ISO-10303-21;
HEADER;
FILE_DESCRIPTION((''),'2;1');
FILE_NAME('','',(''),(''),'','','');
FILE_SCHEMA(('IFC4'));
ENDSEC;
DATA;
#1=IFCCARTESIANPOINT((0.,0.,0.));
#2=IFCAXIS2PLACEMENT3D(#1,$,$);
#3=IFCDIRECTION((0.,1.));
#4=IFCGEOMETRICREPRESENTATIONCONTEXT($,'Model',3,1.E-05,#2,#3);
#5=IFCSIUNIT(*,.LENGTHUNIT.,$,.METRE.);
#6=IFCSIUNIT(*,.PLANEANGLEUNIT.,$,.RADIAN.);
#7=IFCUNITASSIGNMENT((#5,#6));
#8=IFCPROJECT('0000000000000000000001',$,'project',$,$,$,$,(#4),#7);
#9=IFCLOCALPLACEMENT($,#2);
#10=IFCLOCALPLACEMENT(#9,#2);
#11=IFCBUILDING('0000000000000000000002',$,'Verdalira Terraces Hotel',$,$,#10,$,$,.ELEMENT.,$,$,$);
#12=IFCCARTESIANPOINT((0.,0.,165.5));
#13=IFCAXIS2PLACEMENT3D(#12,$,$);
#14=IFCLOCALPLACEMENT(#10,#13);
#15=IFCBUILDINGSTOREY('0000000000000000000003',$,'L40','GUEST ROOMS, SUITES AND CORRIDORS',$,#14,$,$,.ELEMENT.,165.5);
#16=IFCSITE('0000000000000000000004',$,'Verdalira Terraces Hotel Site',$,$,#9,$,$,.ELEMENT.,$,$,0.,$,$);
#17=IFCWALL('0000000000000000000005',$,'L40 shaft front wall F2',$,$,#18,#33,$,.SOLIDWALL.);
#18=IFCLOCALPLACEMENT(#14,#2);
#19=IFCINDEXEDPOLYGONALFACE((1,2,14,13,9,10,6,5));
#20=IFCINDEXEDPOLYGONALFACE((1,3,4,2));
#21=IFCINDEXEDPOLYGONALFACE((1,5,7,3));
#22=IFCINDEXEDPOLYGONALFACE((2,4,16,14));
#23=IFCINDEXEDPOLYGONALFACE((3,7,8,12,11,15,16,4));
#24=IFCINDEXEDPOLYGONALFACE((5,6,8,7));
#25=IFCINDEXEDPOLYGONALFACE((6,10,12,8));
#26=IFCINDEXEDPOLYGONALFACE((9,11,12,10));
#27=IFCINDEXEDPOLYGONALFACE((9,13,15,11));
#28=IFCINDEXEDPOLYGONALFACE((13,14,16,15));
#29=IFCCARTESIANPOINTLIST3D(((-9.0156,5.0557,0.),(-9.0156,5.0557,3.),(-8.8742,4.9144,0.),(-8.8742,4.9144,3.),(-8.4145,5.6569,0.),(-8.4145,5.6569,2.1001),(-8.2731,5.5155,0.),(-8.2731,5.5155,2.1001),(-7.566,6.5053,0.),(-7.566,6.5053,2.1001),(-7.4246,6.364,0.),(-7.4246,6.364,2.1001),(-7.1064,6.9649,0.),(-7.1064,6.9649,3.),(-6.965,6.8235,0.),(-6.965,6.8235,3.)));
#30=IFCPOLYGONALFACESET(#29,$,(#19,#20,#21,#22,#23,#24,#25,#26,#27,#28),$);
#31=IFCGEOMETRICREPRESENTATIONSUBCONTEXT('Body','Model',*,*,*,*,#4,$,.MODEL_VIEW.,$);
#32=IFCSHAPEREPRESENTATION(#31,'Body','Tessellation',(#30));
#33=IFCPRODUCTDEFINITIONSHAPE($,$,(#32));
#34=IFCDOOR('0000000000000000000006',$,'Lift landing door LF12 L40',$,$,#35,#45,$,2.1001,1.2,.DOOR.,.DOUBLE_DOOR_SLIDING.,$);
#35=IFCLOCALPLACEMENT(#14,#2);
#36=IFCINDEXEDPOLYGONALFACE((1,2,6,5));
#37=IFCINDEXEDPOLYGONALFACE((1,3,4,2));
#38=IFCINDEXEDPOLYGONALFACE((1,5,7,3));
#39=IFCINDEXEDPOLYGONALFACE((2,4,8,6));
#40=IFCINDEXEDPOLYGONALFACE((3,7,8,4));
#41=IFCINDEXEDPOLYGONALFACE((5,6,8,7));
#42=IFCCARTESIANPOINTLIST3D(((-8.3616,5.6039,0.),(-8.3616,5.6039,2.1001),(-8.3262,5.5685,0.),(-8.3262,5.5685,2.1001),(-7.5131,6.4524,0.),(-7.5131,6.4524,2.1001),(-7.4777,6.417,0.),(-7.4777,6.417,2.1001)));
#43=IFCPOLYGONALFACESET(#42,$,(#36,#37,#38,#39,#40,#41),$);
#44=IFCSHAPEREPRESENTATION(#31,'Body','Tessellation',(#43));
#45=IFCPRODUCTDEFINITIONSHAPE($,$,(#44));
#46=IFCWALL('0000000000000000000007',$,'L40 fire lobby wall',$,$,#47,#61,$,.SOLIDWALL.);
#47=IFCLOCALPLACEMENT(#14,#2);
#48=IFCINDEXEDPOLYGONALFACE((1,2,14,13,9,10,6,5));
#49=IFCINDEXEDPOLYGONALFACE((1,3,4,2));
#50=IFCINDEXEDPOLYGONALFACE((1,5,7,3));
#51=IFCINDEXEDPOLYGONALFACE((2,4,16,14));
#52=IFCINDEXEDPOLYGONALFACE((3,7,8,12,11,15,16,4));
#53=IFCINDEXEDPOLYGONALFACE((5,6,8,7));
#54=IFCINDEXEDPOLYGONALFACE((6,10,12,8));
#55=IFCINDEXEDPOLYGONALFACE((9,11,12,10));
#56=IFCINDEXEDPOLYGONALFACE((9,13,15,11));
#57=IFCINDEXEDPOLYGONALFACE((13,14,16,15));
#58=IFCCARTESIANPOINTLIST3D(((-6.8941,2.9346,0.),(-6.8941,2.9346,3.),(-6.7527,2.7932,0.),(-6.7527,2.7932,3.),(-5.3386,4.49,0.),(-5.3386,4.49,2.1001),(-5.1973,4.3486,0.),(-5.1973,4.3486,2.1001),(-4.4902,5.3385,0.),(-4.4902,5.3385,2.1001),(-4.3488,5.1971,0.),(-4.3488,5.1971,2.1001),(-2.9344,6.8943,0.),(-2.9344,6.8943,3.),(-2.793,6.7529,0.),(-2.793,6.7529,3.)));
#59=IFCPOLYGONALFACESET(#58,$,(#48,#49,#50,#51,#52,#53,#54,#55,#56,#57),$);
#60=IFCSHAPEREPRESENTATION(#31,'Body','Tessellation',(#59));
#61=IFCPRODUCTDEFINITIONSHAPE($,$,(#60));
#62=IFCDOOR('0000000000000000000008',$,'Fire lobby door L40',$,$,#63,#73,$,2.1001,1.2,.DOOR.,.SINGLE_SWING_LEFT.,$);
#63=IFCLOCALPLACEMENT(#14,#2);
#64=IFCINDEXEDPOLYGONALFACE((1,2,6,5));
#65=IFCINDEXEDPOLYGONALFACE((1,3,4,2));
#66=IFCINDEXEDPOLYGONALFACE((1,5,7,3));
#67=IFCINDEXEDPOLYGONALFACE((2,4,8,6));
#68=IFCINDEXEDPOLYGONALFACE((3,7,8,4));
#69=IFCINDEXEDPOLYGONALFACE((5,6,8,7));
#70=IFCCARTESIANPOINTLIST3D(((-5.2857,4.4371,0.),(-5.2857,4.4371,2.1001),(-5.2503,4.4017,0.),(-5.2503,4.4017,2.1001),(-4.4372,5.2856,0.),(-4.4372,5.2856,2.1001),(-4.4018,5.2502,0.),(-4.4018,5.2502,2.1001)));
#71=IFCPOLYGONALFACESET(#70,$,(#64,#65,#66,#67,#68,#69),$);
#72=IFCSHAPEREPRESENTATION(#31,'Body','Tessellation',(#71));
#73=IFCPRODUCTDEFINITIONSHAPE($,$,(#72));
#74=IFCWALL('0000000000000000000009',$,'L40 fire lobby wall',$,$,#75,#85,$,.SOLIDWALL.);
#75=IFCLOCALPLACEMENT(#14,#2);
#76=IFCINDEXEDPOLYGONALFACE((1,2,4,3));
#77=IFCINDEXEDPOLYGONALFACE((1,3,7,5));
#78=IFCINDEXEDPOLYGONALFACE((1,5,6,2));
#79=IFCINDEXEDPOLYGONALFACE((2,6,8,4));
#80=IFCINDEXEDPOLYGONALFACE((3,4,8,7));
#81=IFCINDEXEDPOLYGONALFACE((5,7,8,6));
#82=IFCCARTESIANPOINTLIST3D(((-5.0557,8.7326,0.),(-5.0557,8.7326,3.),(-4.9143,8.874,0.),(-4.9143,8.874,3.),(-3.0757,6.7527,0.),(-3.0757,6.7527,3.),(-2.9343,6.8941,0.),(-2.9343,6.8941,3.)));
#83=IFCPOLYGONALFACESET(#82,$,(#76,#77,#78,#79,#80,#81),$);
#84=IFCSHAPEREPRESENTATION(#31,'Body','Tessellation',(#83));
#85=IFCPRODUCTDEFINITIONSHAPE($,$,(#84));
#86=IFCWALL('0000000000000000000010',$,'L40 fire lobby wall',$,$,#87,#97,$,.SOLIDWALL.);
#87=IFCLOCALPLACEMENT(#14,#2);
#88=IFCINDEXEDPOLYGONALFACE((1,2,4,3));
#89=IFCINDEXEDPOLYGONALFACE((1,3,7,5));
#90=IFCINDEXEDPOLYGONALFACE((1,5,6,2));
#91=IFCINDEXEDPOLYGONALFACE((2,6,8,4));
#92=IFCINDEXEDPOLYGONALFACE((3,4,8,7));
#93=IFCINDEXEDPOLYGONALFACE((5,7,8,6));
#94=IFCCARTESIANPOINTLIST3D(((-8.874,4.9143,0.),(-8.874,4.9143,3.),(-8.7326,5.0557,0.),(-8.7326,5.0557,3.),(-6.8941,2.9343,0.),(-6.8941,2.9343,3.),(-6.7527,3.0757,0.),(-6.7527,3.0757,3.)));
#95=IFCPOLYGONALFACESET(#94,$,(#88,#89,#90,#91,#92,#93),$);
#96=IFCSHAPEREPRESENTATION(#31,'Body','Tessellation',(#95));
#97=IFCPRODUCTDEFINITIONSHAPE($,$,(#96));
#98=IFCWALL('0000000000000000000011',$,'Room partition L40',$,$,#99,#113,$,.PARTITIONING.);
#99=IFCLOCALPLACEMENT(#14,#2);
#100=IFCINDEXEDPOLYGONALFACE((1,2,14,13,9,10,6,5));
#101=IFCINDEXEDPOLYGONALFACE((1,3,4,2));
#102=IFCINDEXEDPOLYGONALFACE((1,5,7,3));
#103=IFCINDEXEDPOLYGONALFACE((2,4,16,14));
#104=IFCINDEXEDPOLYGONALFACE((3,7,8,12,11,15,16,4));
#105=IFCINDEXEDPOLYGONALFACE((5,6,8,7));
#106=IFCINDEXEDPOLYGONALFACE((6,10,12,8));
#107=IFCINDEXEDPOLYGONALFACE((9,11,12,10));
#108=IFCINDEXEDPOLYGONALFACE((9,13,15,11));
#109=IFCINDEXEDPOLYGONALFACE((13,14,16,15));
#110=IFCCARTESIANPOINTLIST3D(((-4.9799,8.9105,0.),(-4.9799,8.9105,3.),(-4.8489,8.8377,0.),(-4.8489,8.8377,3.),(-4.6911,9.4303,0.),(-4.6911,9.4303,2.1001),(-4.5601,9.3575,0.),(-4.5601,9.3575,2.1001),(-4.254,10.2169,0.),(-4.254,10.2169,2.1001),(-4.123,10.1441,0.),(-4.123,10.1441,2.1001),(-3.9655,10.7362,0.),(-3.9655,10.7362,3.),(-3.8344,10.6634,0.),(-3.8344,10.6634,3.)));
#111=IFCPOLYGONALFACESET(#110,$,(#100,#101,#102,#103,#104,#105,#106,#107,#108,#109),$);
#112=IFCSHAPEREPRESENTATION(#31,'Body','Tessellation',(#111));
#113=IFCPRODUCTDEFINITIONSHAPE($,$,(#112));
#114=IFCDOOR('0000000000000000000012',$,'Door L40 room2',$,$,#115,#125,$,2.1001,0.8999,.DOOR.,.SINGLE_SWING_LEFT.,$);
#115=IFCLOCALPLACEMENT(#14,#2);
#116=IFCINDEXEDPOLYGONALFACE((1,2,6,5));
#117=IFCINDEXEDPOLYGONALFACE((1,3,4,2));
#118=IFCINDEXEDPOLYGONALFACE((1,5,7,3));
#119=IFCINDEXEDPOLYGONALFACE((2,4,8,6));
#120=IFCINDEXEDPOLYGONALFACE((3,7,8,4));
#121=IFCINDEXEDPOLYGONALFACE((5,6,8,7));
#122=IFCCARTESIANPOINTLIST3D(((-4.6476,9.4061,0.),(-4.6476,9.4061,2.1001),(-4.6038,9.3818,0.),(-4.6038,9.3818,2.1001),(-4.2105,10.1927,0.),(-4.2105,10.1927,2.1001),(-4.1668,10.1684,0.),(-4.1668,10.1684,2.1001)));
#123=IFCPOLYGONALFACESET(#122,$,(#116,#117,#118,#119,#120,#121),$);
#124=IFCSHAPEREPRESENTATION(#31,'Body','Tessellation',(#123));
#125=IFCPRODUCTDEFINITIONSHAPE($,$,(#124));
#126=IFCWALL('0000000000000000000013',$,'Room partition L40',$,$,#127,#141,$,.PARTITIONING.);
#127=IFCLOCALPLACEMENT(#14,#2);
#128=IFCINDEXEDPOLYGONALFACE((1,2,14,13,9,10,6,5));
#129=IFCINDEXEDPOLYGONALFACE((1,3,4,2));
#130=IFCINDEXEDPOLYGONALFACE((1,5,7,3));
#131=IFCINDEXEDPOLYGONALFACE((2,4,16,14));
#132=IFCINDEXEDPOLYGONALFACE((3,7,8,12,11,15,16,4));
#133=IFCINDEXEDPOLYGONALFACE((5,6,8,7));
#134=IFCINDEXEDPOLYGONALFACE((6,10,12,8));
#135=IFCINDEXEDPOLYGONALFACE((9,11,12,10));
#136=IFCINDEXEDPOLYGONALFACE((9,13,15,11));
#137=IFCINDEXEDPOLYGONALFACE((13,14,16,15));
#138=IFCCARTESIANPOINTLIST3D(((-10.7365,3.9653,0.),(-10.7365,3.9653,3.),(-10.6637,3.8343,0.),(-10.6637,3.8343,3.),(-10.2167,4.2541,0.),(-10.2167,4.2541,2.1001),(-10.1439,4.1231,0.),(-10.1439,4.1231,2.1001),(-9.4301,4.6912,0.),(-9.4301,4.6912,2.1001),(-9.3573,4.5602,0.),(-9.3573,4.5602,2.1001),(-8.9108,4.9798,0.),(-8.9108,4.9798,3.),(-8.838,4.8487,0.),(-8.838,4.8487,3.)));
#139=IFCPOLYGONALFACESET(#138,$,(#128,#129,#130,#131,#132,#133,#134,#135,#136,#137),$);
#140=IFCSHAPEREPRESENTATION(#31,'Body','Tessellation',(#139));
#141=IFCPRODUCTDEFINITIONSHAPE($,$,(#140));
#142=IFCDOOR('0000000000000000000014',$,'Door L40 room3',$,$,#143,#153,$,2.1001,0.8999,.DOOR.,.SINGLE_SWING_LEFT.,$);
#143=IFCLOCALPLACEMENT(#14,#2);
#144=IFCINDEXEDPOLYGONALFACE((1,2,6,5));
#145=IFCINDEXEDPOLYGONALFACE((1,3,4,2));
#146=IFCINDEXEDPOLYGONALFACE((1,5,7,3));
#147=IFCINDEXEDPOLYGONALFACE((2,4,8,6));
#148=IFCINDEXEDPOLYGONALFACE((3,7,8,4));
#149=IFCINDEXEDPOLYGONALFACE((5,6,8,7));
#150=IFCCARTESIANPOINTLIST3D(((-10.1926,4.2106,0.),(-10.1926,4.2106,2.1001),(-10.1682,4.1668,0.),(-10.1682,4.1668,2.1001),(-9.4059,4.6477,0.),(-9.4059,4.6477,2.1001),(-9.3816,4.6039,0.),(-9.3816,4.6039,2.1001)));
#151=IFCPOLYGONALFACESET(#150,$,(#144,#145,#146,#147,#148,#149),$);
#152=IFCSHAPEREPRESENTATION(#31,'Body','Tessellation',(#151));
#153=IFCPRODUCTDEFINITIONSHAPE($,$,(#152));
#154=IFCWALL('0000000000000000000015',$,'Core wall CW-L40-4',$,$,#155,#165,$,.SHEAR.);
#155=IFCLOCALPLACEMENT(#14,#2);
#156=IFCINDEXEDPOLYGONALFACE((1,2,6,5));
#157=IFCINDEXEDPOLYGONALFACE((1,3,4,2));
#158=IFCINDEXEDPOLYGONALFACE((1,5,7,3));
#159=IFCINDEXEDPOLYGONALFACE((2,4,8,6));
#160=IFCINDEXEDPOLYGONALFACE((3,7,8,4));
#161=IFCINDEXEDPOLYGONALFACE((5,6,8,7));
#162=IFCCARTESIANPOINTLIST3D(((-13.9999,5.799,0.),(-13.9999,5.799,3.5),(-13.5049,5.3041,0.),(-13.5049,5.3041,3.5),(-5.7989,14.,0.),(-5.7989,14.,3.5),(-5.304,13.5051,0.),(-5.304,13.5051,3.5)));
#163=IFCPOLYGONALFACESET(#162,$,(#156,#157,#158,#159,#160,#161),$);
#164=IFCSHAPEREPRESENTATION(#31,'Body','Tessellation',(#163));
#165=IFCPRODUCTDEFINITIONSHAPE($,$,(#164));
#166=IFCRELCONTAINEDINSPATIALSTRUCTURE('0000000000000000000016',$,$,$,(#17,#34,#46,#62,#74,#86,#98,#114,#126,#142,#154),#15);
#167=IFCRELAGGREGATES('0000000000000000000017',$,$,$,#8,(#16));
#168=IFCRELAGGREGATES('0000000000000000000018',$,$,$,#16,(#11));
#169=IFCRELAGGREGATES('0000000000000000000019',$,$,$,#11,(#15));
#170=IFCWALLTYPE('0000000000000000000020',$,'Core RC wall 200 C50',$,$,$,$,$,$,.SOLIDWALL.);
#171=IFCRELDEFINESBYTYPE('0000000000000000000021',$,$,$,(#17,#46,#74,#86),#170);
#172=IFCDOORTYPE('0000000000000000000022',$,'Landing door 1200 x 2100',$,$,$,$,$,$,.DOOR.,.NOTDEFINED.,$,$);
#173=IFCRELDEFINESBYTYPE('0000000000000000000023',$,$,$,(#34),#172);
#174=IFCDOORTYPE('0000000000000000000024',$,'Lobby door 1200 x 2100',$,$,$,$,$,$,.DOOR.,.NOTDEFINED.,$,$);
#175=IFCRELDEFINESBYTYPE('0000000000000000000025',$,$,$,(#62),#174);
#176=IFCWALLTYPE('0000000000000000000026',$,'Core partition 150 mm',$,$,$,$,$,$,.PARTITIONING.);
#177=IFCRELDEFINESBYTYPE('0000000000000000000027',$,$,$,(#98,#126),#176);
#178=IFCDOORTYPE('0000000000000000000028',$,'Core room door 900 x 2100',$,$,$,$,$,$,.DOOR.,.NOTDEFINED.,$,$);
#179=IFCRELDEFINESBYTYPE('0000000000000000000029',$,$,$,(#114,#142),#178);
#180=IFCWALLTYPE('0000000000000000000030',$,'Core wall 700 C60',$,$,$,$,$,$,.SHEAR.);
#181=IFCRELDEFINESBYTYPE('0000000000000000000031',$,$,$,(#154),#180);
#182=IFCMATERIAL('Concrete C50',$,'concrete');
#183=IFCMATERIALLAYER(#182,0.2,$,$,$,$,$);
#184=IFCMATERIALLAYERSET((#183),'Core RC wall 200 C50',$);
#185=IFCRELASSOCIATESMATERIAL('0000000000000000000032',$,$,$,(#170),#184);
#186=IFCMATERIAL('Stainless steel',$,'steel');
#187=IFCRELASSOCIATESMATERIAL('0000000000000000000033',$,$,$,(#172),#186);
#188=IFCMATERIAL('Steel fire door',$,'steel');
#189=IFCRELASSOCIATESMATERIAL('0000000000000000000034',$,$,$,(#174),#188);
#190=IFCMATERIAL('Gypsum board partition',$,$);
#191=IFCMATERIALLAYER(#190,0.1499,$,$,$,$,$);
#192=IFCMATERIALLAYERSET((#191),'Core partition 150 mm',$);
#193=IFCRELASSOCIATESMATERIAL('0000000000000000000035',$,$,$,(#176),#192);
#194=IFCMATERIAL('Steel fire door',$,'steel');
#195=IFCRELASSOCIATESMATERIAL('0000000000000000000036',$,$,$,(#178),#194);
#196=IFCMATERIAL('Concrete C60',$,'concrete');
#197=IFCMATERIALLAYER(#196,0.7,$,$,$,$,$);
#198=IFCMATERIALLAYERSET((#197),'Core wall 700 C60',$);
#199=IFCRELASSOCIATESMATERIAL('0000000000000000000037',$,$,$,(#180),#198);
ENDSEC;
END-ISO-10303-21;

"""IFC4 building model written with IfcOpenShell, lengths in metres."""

from ifc_helpers import new_model, si_unit, direction, frame, frame_2d, origin, place, context, subcontext, project, spatial, rectangle, extrude, material, layer, layer_set, type_object, element, fill, save


model = new_model("IFC4")

# Units and contexts
model_context = context("Model", 3, precision=1e-05, world=origin(), true_north=direction((0.0, 1.0)))
body_context = subcontext(model_context, "Body", "Model", "MODEL_VIEW")
ifc_project = project(units=[si_unit("LENGTHUNIT", "METRE"), si_unit("PLANEANGLEUNIT", "RADIAN")], contexts=[model_context])

# Site, building, storey
site_placement = place(None, origin())
site = spatial("IfcSite", under=ifc_project, at=site_placement, Name="Verdalira Terraces Hotel Site", CompositionType="ELEMENT", RefElevation=0.0)
building_placement = place(site_placement, origin())
building = spatial("IfcBuilding", under=site, at=building_placement, Name="Verdalira Terraces Hotel", CompositionType="ELEMENT")
storey_placement = place(building_placement, frame((0.0, 0.0, 165.5)))
storey = spatial("IfcBuildingStorey", under=building, at=storey_placement, Name="L40", Description="GUEST ROOMS, SUITES AND CORRIDORS", CompositionType="ELEMENT", Elevation=165.5)

# Walls, openings, doors
ifc_material_1 = material(Name="Concrete C50", Category="concrete")
ifc_layer_1 = layer(ifc_material_1, 0.2)
ifc_layer_set_1 = layer_set([ifc_layer_1], Name="Core RC wall 200 C50")
wall_type_1 = type_object("IfcWallType", Name="Core RC wall 200 C50", PredefinedType="SOLIDWALL", material=ifc_layer_set_1)
ifc_material_2 = material(Name="Stainless steel", Category="steel")
door_type_1 = type_object("IfcDoorType", Name="Landing door 1200 x 2100", OperationType="NOTDEFINED", PredefinedType="DOOR", material=ifc_material_2)
wall_1_placement = place(storey_placement, frame((-7.0356, 6.8943, 0.0), z_axis=(0.0, 0.0, 1.0), x_axis=(-0.707107, -0.707107, 0.0)))
wall_1 = element("IfcWall", 1, at=wall_1_placement, inside=storey, type_object=wall_type_1, Name="L40 shaft front wall F2", PredefinedType="SOLIDWALL", context=body_context, shape_type="SweptSolid", body=[
    extrude(rectangle(XDim=2.7, YDim=0.2, at=frame_2d((1.3501, 0.0))), origin(), (0.0, 0.0, 1.0), 3.0),
])
opening_1_placement = place(wall_1_placement, frame((0.6499, 0.0, 0.0)))
opening_1 = element("IfcOpeningElement", 2, at=opening_1_placement, cuts=wall_1, PredefinedType="OPENING", context=body_context, shape_type="SweptSolid", body=[
    extrude(rectangle(XDim=1.2, YDim=2.1001, at=frame_2d((0.6001, 1.05))), frame((0.0, 0.1099, 0.0), z_axis=(0.0, -1.0, 0.0), x_axis=(1.0, 0.0, 0.0)), (0.0, 0.0, 1.0), 0.22),
])
door_1_placement = place(opening_1_placement, origin())
door_1 = element("IfcDoor", 3, at=door_1_placement, inside=storey, type_object=door_type_1, Name="Lift landing door LF12 L40", OperationType="DOUBLE_DOOR_SLIDING", OverallHeight=2.1001, OverallWidth=1.2, PredefinedType="DOOR", context=body_context, shape_type="SweptSolid", body=[
    extrude(rectangle(XDim=1.2, YDim=2.1001, at=frame_2d((0.6001, 1.05))), frame((0.0, 0.0249, 0.0), z_axis=(0.0, -1.0, 0.0), x_axis=(1.0, 0.0, 0.0)), (0.0, 0.0, 1.0), 0.05),
])
fill(opening_1, door_1)
wall_2_placement = place(storey_placement, frame((-2.8638, 6.8235, 0.0), z_axis=(0.0, 0.0, 1.0), x_axis=(-0.707107, -0.707107, 0.0)))
wall_2 = element("IfcWall", 4, at=wall_2_placement, inside=storey, type_object=wall_type_1, Name="L40 fire lobby wall", PredefinedType="SOLIDWALL", context=body_context, shape_type="SweptSolid", body=[
    extrude(rectangle(XDim=5.5999, YDim=0.2, at=frame_2d((2.7998, 0.0))), origin(), (0.0, 0.0, 1.0), 3.0),
])
opening_2_placement = place(wall_2_placement, frame((2.2, 0.0, 0.0)))
opening_2 = element("IfcOpeningElement", 5, at=opening_2_placement, cuts=wall_2, PredefinedType="OPENING", context=body_context, shape_type="SweptSolid", body=[
    extrude(rectangle(XDim=1.2, YDim=2.1001, at=frame_2d((0.6001, 1.05))), frame((0.0, 0.1099, 0.0), z_axis=(0.0, -1.0, 0.0), x_axis=(1.0, 0.0, 0.0)), (0.0, 0.0, 1.0), 0.22),
])
ifc_material_3 = material(Name="Steel fire door", Category="steel")
door_type_2 = type_object("IfcDoorType", Name="Lobby door 1200 x 2100", OperationType="NOTDEFINED", PredefinedType="DOOR", material=ifc_material_3)
door_2_placement = place(opening_2_placement, origin())
door_2 = element("IfcDoor", 6, at=door_2_placement, inside=storey, type_object=door_type_2, Name="Fire lobby door L40", OperationType="SINGLE_SWING_LEFT", OverallHeight=2.1001, OverallWidth=1.2, PredefinedType="DOOR", context=body_context, shape_type="SweptSolid", body=[
    extrude(rectangle(XDim=1.2, YDim=2.1001, at=frame_2d((0.6001, 1.05))), frame((0.0, 0.0249, 0.0), z_axis=(0.0, -1.0, 0.0), x_axis=(1.0, 0.0, 0.0)), (0.0, 0.0, 1.0), 0.05),
])
fill(opening_2, door_2)

# Walls
for number, where, z_axis, x_axis, name in (
    (7, (-3.0051, 6.8235, 0.0), (0.0, 0.0, 1.0), (-0.707107, 0.707107, 0.0), "L40 fire lobby wall"),
    (8, (-6.8235, 3.0051, 0.0), (0.0, 0.0, 1.0), (-0.707107, 0.707107, 0.0), "L40 fire lobby wall"),
):
    element("IfcWall", number, at=place(storey_placement, frame(where, z_axis=z_axis, x_axis=x_axis)), inside=storey, type_object=wall_type_1, Name=name, PredefinedType="SOLIDWALL", context=body_context, shape_type="SweptSolid", body=[
        extrude(rectangle(XDim=2.8, YDim=0.2, at=frame_2d((1.3999, 0.0))), origin(), (0.0, 0.0, 1.0), 3.0),
    ])

# Walls, openings, doors
ifc_material_4 = material(Name="Gypsum board partition")
ifc_layer_2 = layer(ifc_material_4, 0.1499)
ifc_layer_set_2 = layer_set([ifc_layer_2], Name="Core partition 150 mm")
wall_type_2 = type_object("IfcWallType", Name="Core partition 150 mm", PredefinedType="PARTITIONING", material=ifc_layer_set_2)
wall_3_placement = place(storey_placement, frame((-3.8999, 10.7, 0.0), z_axis=(0.0, 0.0, 1.0), x_axis=(-0.485693, -0.87413, 0.0)))
wall_3 = element("IfcWall", 9, at=wall_3_placement, inside=storey, type_object=wall_type_2, Name="Room partition L40", PredefinedType="PARTITIONING", context=body_context, shape_type="SweptSolid", body=[
    extrude(rectangle(XDim=2.0886, YDim=0.1499, at=frame_2d((1.0444, 0.0))), origin(), (0.0, 0.0, 1.0), 3.0),
])
opening_3_placement = place(wall_3_placement, frame((0.5942, 0.0, 0.0)))
opening_3 = element("IfcOpeningElement", 10, at=opening_3_placement, cuts=wall_3, PredefinedType="OPENING", context=body_context, shape_type="SweptSolid", body=[
    extrude(rectangle(XDim=0.8999, YDim=2.1001, at=frame_2d((0.45, 1.05))), frame((0.0, 0.085, 0.0), z_axis=(0.0, -1.0, 0.0), x_axis=(1.0, 0.0, 0.0)), (0.0, 0.0, 1.0), 0.1699),
])
ifc_material_5 = material(Name="Steel fire door", Category="steel")
door_type_3 = type_object("IfcDoorType", Name="Core room door 900 x 2100", OperationType="NOTDEFINED", PredefinedType="DOOR", material=ifc_material_5)
door_3_placement = place(opening_3_placement, origin())
door_3 = element("IfcDoor", 11, at=door_3_placement, inside=storey, type_object=door_type_3, Name="Door L40 room2", OperationType="SINGLE_SWING_LEFT", OverallHeight=2.1001, OverallWidth=0.8999, PredefinedType="DOOR", context=body_context, shape_type="SweptSolid", body=[
    extrude(rectangle(XDim=0.8999, YDim=2.1001, at=frame_2d((0.45, 1.05))), frame((0.0, 0.0249, 0.0), z_axis=(0.0, -1.0, 0.0), x_axis=(1.0, 0.0, 0.0)), (0.0, 0.0, 1.0), 0.05),
])
fill(opening_3, door_3)
wall_4_placement = place(storey_placement, frame((-8.8743, 4.9143, 0.0), z_axis=(0.0, 0.0, 1.0), x_axis=(-0.87413, -0.485693, 0.0)))
wall_4 = element("IfcWall", 12, at=wall_4_placement, inside=storey, type_object=wall_type_2, Name="Room partition L40", PredefinedType="PARTITIONING", context=body_context, shape_type="SweptSolid", body=[
    extrude(rectangle(XDim=2.0886, YDim=0.1499, at=frame_2d((1.0444, 0.0))), origin(), (0.0, 0.0, 1.0), 3.0),
])
opening_4_placement = place(wall_4_placement, frame((0.5942, 0.0, 0.0)))
opening_4 = element("IfcOpeningElement", 13, at=opening_4_placement, cuts=wall_4, PredefinedType="OPENING", context=body_context, shape_type="SweptSolid", body=[
    extrude(rectangle(XDim=0.8999, YDim=2.1001, at=frame_2d((0.45, 1.05))), frame((0.0, 0.085, 0.0), z_axis=(0.0, -1.0, 0.0), x_axis=(1.0, 0.0, 0.0)), (0.0, 0.0, 1.0), 0.1699),
])
door_4_placement = place(opening_4_placement, origin())
door_4 = element("IfcDoor", 14, at=door_4_placement, inside=storey, type_object=door_type_3, Name="Door L40 room3", OperationType="SINGLE_SWING_LEFT", OverallHeight=2.1001, OverallWidth=0.8999, PredefinedType="DOOR", context=body_context, shape_type="SweptSolid", body=[
    extrude(rectangle(XDim=0.8999, YDim=2.1001, at=frame_2d((0.45, 1.05))), frame((0.0, 0.0249, 0.0), z_axis=(0.0, -1.0, 0.0), x_axis=(1.0, 0.0, 0.0)), (0.0, 0.0, 1.0), 0.05),
])
fill(opening_4, door_4)

# Wall
ifc_material_6 = material(Name="Concrete C60", Category="concrete")
ifc_layer_3 = layer(ifc_material_6, 0.7)
ifc_layer_set_3 = layer_set([ifc_layer_3], Name="Core wall 700 C60")
wall_type_3 = type_object("IfcWallType", Name="Core wall 700 C60", PredefinedType="SHEAR", material=ifc_layer_set_3)
wall_5_placement = place(storey_placement, frame((-5.5515, 13.7524, 0.0), z_axis=(0.0, 0.0, 1.0), x_axis=(-0.707107, -0.707107, 0.0)))
element("IfcWall", 15, at=wall_5_placement, inside=storey, type_object=wall_type_3, Name="Core wall CW-L40-4", PredefinedType="SHEAR", context=body_context, shape_type="SweptSolid", body=[
    extrude(rectangle(XDim=11.5979, YDim=0.7, at=frame_2d((5.7988, 0.0))), origin(), (0.0, 0.0, 1.0), 3.5),
])

save(model, "model.ifc")
